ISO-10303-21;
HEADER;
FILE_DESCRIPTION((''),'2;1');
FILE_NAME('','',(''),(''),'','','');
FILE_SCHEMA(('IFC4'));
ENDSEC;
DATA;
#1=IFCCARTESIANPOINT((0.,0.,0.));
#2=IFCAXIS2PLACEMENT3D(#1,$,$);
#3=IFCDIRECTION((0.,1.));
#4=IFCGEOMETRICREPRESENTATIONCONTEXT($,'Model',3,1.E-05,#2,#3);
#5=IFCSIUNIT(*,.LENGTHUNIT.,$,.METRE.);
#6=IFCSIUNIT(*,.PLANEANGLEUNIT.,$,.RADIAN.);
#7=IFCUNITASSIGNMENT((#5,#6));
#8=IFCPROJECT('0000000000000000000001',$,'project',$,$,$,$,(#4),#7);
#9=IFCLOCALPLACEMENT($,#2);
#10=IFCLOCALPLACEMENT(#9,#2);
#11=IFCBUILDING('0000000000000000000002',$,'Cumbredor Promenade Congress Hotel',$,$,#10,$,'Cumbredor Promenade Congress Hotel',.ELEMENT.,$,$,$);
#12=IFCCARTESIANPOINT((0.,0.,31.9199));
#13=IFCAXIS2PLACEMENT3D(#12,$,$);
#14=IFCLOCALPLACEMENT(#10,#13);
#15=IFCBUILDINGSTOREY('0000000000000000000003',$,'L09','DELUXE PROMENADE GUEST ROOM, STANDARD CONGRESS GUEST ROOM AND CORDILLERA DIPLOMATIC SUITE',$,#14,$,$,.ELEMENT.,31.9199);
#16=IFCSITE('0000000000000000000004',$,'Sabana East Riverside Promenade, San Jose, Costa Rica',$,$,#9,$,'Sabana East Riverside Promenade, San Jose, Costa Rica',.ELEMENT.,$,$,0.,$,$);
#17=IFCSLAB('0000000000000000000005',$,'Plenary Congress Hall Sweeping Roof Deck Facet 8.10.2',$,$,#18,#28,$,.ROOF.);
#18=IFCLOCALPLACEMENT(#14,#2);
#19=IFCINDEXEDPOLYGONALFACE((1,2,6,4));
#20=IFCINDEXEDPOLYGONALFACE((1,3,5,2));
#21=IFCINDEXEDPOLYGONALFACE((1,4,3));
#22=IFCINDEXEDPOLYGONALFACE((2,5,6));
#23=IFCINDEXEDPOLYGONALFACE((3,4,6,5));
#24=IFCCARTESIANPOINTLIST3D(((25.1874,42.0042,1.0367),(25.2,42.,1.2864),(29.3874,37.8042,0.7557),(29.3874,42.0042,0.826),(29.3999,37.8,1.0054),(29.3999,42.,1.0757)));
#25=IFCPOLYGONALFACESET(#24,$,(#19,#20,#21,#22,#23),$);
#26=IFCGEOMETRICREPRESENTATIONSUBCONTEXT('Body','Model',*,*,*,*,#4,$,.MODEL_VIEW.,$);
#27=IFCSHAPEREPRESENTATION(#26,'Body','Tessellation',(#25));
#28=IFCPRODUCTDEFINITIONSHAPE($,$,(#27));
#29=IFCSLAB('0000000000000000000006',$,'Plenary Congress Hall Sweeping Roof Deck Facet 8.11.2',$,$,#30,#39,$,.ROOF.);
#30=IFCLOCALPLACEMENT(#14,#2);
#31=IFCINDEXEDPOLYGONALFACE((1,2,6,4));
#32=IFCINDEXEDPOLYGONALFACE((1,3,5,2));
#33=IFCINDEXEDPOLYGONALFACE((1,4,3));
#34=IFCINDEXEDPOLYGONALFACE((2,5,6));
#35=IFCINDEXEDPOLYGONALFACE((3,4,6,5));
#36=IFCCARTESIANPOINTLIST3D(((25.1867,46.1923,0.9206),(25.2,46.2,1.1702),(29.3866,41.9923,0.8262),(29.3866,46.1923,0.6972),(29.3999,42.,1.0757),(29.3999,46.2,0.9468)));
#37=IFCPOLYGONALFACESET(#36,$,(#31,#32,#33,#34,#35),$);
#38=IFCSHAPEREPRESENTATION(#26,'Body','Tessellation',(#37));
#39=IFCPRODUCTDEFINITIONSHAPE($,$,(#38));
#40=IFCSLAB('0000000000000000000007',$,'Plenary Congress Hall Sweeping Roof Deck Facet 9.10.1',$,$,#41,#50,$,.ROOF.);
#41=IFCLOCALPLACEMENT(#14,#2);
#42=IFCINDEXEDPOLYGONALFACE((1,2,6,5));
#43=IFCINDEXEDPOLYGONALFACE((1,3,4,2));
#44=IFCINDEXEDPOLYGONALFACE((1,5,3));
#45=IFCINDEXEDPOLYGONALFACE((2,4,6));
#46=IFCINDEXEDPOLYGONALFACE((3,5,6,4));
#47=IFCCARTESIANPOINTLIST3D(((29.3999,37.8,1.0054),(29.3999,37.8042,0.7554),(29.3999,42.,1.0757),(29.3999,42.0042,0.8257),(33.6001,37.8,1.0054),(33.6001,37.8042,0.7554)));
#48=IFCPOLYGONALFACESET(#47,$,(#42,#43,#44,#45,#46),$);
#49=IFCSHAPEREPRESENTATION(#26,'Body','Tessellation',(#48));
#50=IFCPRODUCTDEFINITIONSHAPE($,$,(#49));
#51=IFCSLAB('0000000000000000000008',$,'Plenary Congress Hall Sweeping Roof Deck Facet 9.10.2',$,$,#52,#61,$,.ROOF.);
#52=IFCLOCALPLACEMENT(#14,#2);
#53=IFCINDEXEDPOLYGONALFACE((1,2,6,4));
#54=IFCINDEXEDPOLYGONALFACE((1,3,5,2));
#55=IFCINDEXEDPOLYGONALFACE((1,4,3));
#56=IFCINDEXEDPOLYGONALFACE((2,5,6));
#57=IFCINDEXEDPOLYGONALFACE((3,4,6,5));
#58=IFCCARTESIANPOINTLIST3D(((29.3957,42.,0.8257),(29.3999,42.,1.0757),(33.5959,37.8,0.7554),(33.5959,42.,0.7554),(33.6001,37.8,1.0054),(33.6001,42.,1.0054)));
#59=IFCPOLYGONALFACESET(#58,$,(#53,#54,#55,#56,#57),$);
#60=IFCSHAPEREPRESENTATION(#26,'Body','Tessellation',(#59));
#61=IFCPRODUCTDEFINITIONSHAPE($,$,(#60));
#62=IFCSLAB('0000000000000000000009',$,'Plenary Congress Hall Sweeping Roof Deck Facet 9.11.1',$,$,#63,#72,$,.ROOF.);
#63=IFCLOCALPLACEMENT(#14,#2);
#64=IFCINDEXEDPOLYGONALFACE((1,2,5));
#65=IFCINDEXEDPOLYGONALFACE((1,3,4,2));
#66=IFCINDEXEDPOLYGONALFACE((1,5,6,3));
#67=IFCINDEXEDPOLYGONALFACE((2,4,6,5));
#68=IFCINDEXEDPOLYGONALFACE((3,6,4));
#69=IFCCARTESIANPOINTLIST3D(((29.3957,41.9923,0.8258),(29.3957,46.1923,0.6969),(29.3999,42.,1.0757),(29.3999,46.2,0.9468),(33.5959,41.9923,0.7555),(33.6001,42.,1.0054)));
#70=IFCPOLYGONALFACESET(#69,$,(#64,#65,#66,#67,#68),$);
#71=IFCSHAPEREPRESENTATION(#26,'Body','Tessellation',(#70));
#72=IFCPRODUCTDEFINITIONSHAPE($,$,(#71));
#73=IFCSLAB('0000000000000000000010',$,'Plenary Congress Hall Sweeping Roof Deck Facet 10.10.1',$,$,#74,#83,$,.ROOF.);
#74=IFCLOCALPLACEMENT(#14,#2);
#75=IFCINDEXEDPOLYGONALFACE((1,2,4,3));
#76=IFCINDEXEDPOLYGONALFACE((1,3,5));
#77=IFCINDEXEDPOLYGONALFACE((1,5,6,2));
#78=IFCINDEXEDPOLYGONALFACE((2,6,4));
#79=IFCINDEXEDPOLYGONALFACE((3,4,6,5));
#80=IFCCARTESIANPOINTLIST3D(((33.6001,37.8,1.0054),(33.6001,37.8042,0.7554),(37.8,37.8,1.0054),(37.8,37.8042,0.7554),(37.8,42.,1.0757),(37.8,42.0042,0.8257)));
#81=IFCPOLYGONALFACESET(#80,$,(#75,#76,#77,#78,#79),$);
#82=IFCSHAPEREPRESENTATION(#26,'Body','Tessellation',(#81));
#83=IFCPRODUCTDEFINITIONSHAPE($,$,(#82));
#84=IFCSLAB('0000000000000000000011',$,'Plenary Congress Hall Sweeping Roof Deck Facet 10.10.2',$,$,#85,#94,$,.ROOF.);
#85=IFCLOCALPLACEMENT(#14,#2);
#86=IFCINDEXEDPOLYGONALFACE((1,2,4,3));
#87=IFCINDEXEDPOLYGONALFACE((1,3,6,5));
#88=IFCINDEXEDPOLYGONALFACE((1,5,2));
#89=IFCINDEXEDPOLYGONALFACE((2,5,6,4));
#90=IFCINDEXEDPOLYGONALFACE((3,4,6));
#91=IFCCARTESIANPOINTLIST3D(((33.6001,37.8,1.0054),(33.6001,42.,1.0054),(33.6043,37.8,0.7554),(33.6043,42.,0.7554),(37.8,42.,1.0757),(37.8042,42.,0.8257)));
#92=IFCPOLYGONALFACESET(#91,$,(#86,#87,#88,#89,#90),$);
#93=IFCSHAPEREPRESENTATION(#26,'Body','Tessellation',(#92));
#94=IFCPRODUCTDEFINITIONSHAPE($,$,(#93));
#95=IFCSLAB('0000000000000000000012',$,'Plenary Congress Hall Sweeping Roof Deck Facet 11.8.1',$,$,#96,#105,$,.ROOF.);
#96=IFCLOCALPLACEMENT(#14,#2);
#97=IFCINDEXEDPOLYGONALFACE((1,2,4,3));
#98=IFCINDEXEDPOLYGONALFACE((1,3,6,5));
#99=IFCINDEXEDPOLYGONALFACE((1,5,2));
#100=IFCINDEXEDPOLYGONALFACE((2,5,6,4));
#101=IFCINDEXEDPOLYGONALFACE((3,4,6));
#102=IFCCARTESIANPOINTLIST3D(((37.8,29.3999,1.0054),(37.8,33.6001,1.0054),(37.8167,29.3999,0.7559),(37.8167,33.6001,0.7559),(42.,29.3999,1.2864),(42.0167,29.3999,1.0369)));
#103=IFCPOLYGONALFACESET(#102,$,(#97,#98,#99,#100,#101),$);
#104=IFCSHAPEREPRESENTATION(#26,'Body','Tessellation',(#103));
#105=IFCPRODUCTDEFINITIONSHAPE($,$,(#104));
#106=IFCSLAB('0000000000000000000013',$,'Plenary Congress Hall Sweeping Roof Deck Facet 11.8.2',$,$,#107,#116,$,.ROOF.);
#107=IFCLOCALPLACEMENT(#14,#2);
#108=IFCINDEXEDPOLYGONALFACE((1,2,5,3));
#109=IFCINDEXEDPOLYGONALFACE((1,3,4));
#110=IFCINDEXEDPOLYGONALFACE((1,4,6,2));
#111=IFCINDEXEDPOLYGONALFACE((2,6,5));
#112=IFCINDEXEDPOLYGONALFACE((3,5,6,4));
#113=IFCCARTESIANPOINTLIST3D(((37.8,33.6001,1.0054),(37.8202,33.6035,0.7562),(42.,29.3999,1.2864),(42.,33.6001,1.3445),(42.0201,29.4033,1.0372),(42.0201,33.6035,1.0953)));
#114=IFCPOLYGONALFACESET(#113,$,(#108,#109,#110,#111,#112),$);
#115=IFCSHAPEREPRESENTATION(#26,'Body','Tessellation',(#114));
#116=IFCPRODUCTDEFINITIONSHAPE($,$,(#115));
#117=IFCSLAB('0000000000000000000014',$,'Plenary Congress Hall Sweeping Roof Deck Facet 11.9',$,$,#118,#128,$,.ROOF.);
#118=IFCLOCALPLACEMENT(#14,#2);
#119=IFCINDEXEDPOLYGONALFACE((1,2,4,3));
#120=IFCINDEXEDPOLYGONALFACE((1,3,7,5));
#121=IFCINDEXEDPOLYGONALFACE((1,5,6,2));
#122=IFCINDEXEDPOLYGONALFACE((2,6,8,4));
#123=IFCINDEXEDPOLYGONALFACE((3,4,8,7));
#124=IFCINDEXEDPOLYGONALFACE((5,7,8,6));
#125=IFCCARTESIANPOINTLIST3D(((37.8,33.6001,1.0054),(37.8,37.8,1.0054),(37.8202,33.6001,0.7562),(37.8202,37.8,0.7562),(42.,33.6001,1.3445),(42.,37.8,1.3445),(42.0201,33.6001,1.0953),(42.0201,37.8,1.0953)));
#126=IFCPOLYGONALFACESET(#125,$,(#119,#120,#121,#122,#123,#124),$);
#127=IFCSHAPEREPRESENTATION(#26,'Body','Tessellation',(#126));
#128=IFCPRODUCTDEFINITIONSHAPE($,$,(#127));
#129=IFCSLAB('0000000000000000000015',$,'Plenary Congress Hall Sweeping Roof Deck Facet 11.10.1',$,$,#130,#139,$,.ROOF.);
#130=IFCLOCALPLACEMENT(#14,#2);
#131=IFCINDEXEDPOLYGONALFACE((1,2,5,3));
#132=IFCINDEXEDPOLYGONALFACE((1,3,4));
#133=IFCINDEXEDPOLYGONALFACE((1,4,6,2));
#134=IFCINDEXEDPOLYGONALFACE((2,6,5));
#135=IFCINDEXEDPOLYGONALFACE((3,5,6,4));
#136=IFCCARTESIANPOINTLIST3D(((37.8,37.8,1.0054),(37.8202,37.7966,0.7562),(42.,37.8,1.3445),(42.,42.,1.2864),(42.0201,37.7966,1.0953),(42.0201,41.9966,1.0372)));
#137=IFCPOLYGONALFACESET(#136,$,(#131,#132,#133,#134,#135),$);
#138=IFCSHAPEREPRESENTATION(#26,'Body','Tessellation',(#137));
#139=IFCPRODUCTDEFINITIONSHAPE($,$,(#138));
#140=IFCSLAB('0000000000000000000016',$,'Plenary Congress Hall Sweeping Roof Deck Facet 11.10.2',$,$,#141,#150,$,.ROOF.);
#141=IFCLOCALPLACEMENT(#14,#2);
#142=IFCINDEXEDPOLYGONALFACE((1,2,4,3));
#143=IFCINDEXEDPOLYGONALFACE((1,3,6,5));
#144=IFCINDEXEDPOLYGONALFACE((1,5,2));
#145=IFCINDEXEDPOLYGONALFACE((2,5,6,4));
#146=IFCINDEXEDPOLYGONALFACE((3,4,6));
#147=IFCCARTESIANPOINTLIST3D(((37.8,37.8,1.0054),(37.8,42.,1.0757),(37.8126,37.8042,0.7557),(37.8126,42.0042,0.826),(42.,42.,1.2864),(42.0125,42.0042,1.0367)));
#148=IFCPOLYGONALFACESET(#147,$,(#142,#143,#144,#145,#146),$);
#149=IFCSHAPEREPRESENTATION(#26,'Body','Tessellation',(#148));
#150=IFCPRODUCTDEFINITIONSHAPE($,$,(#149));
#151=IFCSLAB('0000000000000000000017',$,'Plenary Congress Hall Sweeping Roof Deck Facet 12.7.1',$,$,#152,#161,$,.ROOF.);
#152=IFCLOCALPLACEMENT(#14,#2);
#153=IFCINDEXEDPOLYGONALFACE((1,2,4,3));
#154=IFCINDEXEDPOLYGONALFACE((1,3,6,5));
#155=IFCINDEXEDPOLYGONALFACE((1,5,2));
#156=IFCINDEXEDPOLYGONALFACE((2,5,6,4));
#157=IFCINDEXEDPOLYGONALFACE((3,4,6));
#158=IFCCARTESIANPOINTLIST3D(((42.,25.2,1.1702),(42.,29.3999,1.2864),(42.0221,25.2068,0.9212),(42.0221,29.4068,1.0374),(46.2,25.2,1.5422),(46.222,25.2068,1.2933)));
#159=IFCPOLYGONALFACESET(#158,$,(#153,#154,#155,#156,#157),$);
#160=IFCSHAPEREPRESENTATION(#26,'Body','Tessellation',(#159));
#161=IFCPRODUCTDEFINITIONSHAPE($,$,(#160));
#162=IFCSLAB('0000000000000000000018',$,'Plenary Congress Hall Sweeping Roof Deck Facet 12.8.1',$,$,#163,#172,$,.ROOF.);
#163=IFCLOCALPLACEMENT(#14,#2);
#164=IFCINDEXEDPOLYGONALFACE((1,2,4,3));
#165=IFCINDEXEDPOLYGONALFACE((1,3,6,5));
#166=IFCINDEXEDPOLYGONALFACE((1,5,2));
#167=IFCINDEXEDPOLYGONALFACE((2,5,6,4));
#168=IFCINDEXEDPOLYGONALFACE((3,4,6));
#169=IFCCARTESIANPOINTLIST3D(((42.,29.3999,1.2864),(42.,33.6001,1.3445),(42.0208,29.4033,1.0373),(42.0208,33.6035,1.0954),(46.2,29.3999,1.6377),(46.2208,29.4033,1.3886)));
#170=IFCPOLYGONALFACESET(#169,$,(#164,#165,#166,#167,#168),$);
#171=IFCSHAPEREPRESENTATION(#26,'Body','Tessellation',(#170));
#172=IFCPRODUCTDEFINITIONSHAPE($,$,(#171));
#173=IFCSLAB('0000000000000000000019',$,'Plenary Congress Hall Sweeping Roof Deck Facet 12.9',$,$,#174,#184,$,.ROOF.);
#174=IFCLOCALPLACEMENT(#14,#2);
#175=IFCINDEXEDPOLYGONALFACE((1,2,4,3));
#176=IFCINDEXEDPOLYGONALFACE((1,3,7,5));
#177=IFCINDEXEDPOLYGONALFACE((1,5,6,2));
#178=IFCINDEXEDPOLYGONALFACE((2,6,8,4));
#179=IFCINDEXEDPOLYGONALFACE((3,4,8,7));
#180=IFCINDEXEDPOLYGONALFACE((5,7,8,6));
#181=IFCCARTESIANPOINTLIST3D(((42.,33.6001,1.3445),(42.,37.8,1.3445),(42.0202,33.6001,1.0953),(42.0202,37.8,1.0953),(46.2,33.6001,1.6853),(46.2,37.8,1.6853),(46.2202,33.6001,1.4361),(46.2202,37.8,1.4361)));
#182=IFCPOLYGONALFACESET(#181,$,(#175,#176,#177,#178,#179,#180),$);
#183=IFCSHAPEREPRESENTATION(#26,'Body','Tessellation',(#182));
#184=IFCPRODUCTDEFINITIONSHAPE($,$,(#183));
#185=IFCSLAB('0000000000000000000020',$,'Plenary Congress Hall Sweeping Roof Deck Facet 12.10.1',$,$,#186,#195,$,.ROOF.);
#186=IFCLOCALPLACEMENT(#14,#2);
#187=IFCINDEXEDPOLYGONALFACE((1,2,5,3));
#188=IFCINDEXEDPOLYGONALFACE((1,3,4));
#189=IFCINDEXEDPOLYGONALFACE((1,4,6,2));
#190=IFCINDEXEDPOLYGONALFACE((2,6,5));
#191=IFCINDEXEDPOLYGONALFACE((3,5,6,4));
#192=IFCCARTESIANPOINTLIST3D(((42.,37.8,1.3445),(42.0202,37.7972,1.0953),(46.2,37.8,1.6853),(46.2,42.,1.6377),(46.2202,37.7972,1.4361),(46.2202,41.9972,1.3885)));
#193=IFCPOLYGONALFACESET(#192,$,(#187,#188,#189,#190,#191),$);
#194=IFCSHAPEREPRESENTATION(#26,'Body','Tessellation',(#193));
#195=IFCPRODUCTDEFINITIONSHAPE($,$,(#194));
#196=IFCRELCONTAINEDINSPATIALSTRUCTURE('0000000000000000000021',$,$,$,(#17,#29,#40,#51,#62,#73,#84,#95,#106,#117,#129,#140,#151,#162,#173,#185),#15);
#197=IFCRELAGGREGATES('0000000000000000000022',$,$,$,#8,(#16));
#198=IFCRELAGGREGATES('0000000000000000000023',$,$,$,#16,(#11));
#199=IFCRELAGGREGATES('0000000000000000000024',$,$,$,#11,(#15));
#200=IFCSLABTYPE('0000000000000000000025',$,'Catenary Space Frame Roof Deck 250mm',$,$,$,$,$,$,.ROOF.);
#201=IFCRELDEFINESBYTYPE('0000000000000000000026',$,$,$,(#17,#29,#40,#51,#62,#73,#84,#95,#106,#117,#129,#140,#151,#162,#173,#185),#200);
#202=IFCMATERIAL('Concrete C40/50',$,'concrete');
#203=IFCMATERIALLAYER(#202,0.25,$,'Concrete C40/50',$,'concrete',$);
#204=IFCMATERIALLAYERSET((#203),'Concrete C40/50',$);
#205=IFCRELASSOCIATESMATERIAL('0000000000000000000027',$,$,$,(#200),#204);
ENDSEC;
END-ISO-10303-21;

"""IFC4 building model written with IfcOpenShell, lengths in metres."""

from ifc_helpers import new_model, si_unit, direction, frame, origin, place, context, subcontext, project, spatial, polyline, outline, extrude, material, layer, layer_set, type_object, element, save


model = new_model("IFC4")

# Units and contexts
model_context = context("Model", 3, precision=1e-05, world=origin(), true_north=direction((0.0, 1.0)))
body_context = subcontext(model_context, "Body", "Model", "MODEL_VIEW")
ifc_project = project(units=[si_unit("LENGTHUNIT", "METRE"), si_unit("PLANEANGLEUNIT", "RADIAN")], contexts=[model_context])

# Site, building, storey
site_placement = place(None, origin())
site = spatial("IfcSite", under=ifc_project, at=site_placement, Name="Sabana East Riverside Promenade, San Jose, Costa Rica", LongName="Sabana East Riverside Promenade, San Jose, Costa Rica", CompositionType="ELEMENT", RefElevation=0.0)
building_placement = place(site_placement, origin())
building = spatial("IfcBuilding", under=site, at=building_placement, Name="Cumbredor Promenade Congress Hotel", LongName="Cumbredor Promenade Congress Hotel", CompositionType="ELEMENT")
storey_placement = place(building_placement, frame((0.0, 0.0, 31.9199)))
storey = spatial("IfcBuildingStorey", under=building, at=storey_placement, Name="L09", Description="DELUXE PROMENADE GUEST ROOM, STANDARD CONGRESS GUEST ROOM AND CORDILLERA DIPLOMATIC SUITE", CompositionType="ELEMENT", Elevation=31.9199)

# Slabs
ifc_material_1 = material(Name="Concrete C40/50", Category="concrete")
ifc_layer_1 = layer(ifc_material_1, 0.25, Name="Concrete C40/50", Category="concrete")
ifc_layer_set_1 = layer_set([ifc_layer_1], Name="Concrete C40/50")
slab_type = type_object("IfcSlabType", Name="Catenary Space Frame Roof Deck 250mm", PredefinedType="ROOF", material=ifc_layer_set_1)
slab_1_placement = place(storey_placement, frame((29.3999, 37.8, 1.0054), z_axis=(0.050096, -0.016718, 0.998604), x_axis=(0.0, 0.99986, 0.016739)))
element("IfcSlab", 1, at=slab_1_placement, inside=storey, type_object=slab_type, Name="Plenary Congress Hall Sweeping Roof Deck Facet 8.10.2", PredefinedType="ROOF", context=body_context, shape_type="SweptSolid", body=[
    extrude(outline(polyline([(0.0, 0.0), (4.2005, 0.0), (4.2041, 4.2052), (0.0, 0.0)])), origin(), (0.0, 0.0, -1.0), 0.25),
])
slab_2_placement = place(storey_placement, frame((29.3999, 42.0, 1.0757), z_axis=(0.053088, 0.030635, 0.99812), x_axis=(0.0, 0.999529, -0.030678)))
element("IfcSlab", 2, at=slab_2_placement, inside=storey, type_object=slab_type, Name="Plenary Congress Hall Sweeping Roof Deck Facet 8.11.2", PredefinedType="ROOF", context=body_context, shape_type="SweptSolid", body=[
    extrude(outline(polyline([(0.0, 0.0), (4.2019, 0.0), (4.1951, 4.2059), (0.0, 0.0)])), origin(), (0.0, 0.0, -1.0), 0.25),
])
slab_3_placement = place(storey_placement, frame((29.3999, 37.8, 1.0054), z_axis=(0.0, -0.016739, 0.99986), x_axis=(1.0, 0.0, 0.0)))
element("IfcSlab", 3, at=slab_3_placement, inside=storey, type_object=slab_type, Name="Plenary Congress Hall Sweeping Roof Deck Facet 9.10.1", PredefinedType="ROOF", context=body_context, shape_type="SweptSolid", body=[
    extrude(outline(polyline([(0.0, 0.0), (4.2002, 0.0), (0.0, 4.2005), (0.0, 0.0)])), origin(), (0.0, 0.0, -1.0), 0.25),
])
slab_4_placement = place(storey_placement, frame((33.6001, 37.8, 1.0054), z_axis=(0.016738, 0.0, 0.99986), x_axis=(0.0, 1.0, 0.0)))
element("IfcSlab", 4, at=slab_4_placement, inside=storey, type_object=slab_type, Name="Plenary Congress Hall Sweeping Roof Deck Facet 9.10.2", PredefinedType="ROOF", context=body_context, shape_type="SweptSolid", body=[
    extrude(outline(polyline([(0.0, 0.0), (4.2, 0.0), (4.2, 4.2008), (0.0, 0.0)])), origin(), (0.0, 0.0, -1.0), 0.25),
])
slab_5_placement = place(storey_placement, frame((29.3999, 42.0, 1.0757), z_axis=(0.01673, 0.030674, 0.999389), x_axis=(0.99986, 0.0, -0.016738)))
element("IfcSlab", 5, at=slab_5_placement, inside=storey, type_object=slab_type, Name="Plenary Congress Hall Sweeping Roof Deck Facet 9.11.1", PredefinedType="ROOF", context=body_context, shape_type="SweptSolid", body=[
    extrude(outline(polyline([(0.0, 0.0), (4.2008, 0.0), (0.0022, 4.2019), (0.0, 0.0)])), origin(), (0.0, 0.0, -1.0), 0.25),
])
slab_6_placement = place(storey_placement, frame((33.6001, 37.8, 1.0054), z_axis=(0.0, -0.016739, 0.99986), x_axis=(1.0, 0.0, 0.0)))
element("IfcSlab", 6, at=slab_6_placement, inside=storey, type_object=slab_type, Name="Plenary Congress Hall Sweeping Roof Deck Facet 10.10.1", PredefinedType="ROOF", context=body_context, shape_type="SweptSolid", body=[
    extrude(outline(polyline([(0.0, 0.0), (4.2, 0.0), (4.2, 4.2005), (0.0, 0.0)])), origin(), (0.0, 0.0, -1.0), 0.25),
])
slab_7_placement = place(storey_placement, frame((33.6001, 37.8, 1.0054), z_axis=(-0.016739, 0.0, 0.99986), x_axis=(0.707057, 0.707057, 0.011837)))
element("IfcSlab", 7, at=slab_7_placement, inside=storey, type_object=slab_type, Name="Plenary Congress Hall Sweeping Roof Deck Facet 10.10.2", PredefinedType="ROOF", context=body_context, shape_type="SweptSolid", body=[
    extrude(outline(polyline([(0.0, 0.0), (5.94, 0.0), (2.9696, 2.97), (0.0, 0.0)])), origin(), (0.0, 0.0, -1.0), 0.25),
])
slab_8_placement = place(storey_placement, frame((37.8, 29.3999, 1.0054), z_axis=(-0.066758, 0.0, 0.997769), x_axis=(0.997769, 0.0, 0.066758)))
element("IfcSlab", 8, at=slab_8_placement, inside=storey, type_object=slab_type, Name="Plenary Congress Hall Sweeping Roof Deck Facet 11.8.1", PredefinedType="ROOF", context=body_context, shape_type="SweptSolid", body=[
    extrude(outline(polyline([(0.0, 0.0), (4.2093, 0.0), (0.0, 4.2002), (0.0, 0.0)])), origin(), (0.0, 0.0, -1.0), 0.25),
])
slab_9_placement = place(storey_placement, frame((42.0, 29.3999, 1.2864), z_axis=(-0.080472, -0.013788, 0.996661), x_axis=(0.0, 0.999904, 0.013833)))
element("IfcSlab", 9, at=slab_9_placement, inside=storey, type_object=slab_type, Name="Plenary Congress Hall Sweeping Roof Deck Facet 11.8.2", PredefinedType="ROOF", context=body_context, shape_type="SweptSolid", body=[
    extrude(outline(polyline([(0.0, 0.0), (4.2006, 0.0), (4.1959, 4.2136), (0.0, 0.0)])), origin(), (0.0, 0.0, -1.0), 0.25),
])
slab_10_placement = place(storey_placement, frame((37.8, 33.6001, 1.0054), z_axis=(-0.08048, 0.0, 0.996756), x_axis=(0.996756, 0.0, 0.08048)))
element("IfcSlab", 10, at=slab_10_placement, inside=storey, type_object=slab_type, Name="Plenary Congress Hall Sweeping Roof Deck Facet 11.9", PredefinedType="ROOF", context=body_context, shape_type="SweptSolid", body=[
    extrude(outline(polyline([(0.0, 0.0), (4.2136, 0.0), (4.2136, 4.2), (0.0, 4.2), (0.0, 0.0)])), origin(), (0.0, 0.0, -1.0), 0.25),
])
slab_11_placement = place(storey_placement, frame((37.8, 37.8, 1.0054), z_axis=(-0.080472, 0.013789, 0.996661), x_axis=(0.996756, 0.0, 0.08048)))
element("IfcSlab", 11, at=slab_11_placement, inside=storey, type_object=slab_type, Name="Plenary Congress Hall Sweeping Roof Deck Facet 11.10.1", PredefinedType="ROOF", context=body_context, shape_type="SweptSolid", body=[
    extrude(outline(polyline([(0.0, 0.0), (4.2136, 0.0), (4.2089, 4.2004), (0.0, 0.0)])), origin(), (0.0, 0.0, -1.0), 0.25),
])
slab_12_placement = place(storey_placement, frame((37.8, 37.8, 1.0054), z_axis=(-0.050096, -0.016718, 0.998604), x_axis=(0.706317, 0.706317, 0.047257)))
element("IfcSlab", 12, at=slab_12_placement, inside=storey, type_object=slab_type, Name="Plenary Congress Hall Sweeping Roof Deck Facet 11.10.2", PredefinedType="ROOF", context=body_context, shape_type="SweptSolid", body=[
    extrude(outline(polyline([(0.0, 0.0), (5.9463, 0.0), (2.9698, 2.9706), (0.0, 0.0)])), origin(), (0.0, 0.0, -1.0), 0.25),
])
slab_13_placement = place(storey_placement, frame((42.0, 25.2, 1.1702), z_axis=(-0.08821, -0.027551, 0.995721), x_axis=(0.996099, 0.0, 0.088244)))
element("IfcSlab", 13, at=slab_13_placement, inside=storey, type_object=slab_type, Name="Plenary Congress Hall Sweeping Roof Deck Facet 12.7.1", PredefinedType="ROOF", context=body_context, shape_type="SweptSolid", body=[
    extrude(outline(polyline([(0.0, 0.0), (4.2164, 0.0), (0.0103, 4.2015), (0.0, 0.0)])), origin(), (0.0, 0.0, -1.0), 0.25),
])
slab_14_placement = place(storey_placement, frame((42.0, 29.3999, 1.2864), z_axis=(-0.083349, -0.013785, 0.996425), x_axis=(0.99652, 0.0, 0.083357)))
element("IfcSlab", 14, at=slab_14_placement, inside=storey, type_object=slab_type, Name="Plenary Congress Hall Sweeping Roof Deck Facet 12.8.1", PredefinedType="ROOF", context=body_context, shape_type="SweptSolid", body=[
    extrude(outline(polyline([(0.0, 0.0), (4.2146, 0.0), (0.0048, 4.2006), (0.0, 0.0)])), origin(), (0.0, 0.0, -1.0), 0.25),
])
slab_15_placement = place(storey_placement, frame((42.0, 33.6001, 1.3445), z_axis=(-0.080883, 0.0, 0.996724), x_axis=(0.996724, 0.0, 0.080883)))
element("IfcSlab", 15, at=slab_15_placement, inside=storey, type_object=slab_type, Name="Plenary Congress Hall Sweeping Roof Deck Facet 12.9", PredefinedType="ROOF", context=body_context, shape_type="SweptSolid", body=[
    extrude(outline(polyline([(0.0, 0.0), (4.2138, 0.0), (4.2138, 4.2), (0.0, 4.2), (0.0, 0.0)])), origin(), (0.0, 0.0, -1.0), 0.25),
])
slab_16_placement = place(storey_placement, frame((42.0, 37.8, 1.3445), z_axis=(-0.080878, 0.011297, 0.99666), x_axis=(0.996724, 0.0, 0.080883)))
element("IfcSlab", 16, at=slab_16_placement, inside=storey, type_object=slab_type, Name="Plenary Congress Hall Sweeping Roof Deck Facet 12.10.1", PredefinedType="ROOF", context=body_context, shape_type="SweptSolid", body=[
    extrude(outline(polyline([(0.0, 0.0), (4.2138, 0.0), (4.2099, 4.2002), (0.0, 0.0)])), origin(), (0.0, 0.0, -1.0), 0.25),
])

save(model, "model.ifc")
